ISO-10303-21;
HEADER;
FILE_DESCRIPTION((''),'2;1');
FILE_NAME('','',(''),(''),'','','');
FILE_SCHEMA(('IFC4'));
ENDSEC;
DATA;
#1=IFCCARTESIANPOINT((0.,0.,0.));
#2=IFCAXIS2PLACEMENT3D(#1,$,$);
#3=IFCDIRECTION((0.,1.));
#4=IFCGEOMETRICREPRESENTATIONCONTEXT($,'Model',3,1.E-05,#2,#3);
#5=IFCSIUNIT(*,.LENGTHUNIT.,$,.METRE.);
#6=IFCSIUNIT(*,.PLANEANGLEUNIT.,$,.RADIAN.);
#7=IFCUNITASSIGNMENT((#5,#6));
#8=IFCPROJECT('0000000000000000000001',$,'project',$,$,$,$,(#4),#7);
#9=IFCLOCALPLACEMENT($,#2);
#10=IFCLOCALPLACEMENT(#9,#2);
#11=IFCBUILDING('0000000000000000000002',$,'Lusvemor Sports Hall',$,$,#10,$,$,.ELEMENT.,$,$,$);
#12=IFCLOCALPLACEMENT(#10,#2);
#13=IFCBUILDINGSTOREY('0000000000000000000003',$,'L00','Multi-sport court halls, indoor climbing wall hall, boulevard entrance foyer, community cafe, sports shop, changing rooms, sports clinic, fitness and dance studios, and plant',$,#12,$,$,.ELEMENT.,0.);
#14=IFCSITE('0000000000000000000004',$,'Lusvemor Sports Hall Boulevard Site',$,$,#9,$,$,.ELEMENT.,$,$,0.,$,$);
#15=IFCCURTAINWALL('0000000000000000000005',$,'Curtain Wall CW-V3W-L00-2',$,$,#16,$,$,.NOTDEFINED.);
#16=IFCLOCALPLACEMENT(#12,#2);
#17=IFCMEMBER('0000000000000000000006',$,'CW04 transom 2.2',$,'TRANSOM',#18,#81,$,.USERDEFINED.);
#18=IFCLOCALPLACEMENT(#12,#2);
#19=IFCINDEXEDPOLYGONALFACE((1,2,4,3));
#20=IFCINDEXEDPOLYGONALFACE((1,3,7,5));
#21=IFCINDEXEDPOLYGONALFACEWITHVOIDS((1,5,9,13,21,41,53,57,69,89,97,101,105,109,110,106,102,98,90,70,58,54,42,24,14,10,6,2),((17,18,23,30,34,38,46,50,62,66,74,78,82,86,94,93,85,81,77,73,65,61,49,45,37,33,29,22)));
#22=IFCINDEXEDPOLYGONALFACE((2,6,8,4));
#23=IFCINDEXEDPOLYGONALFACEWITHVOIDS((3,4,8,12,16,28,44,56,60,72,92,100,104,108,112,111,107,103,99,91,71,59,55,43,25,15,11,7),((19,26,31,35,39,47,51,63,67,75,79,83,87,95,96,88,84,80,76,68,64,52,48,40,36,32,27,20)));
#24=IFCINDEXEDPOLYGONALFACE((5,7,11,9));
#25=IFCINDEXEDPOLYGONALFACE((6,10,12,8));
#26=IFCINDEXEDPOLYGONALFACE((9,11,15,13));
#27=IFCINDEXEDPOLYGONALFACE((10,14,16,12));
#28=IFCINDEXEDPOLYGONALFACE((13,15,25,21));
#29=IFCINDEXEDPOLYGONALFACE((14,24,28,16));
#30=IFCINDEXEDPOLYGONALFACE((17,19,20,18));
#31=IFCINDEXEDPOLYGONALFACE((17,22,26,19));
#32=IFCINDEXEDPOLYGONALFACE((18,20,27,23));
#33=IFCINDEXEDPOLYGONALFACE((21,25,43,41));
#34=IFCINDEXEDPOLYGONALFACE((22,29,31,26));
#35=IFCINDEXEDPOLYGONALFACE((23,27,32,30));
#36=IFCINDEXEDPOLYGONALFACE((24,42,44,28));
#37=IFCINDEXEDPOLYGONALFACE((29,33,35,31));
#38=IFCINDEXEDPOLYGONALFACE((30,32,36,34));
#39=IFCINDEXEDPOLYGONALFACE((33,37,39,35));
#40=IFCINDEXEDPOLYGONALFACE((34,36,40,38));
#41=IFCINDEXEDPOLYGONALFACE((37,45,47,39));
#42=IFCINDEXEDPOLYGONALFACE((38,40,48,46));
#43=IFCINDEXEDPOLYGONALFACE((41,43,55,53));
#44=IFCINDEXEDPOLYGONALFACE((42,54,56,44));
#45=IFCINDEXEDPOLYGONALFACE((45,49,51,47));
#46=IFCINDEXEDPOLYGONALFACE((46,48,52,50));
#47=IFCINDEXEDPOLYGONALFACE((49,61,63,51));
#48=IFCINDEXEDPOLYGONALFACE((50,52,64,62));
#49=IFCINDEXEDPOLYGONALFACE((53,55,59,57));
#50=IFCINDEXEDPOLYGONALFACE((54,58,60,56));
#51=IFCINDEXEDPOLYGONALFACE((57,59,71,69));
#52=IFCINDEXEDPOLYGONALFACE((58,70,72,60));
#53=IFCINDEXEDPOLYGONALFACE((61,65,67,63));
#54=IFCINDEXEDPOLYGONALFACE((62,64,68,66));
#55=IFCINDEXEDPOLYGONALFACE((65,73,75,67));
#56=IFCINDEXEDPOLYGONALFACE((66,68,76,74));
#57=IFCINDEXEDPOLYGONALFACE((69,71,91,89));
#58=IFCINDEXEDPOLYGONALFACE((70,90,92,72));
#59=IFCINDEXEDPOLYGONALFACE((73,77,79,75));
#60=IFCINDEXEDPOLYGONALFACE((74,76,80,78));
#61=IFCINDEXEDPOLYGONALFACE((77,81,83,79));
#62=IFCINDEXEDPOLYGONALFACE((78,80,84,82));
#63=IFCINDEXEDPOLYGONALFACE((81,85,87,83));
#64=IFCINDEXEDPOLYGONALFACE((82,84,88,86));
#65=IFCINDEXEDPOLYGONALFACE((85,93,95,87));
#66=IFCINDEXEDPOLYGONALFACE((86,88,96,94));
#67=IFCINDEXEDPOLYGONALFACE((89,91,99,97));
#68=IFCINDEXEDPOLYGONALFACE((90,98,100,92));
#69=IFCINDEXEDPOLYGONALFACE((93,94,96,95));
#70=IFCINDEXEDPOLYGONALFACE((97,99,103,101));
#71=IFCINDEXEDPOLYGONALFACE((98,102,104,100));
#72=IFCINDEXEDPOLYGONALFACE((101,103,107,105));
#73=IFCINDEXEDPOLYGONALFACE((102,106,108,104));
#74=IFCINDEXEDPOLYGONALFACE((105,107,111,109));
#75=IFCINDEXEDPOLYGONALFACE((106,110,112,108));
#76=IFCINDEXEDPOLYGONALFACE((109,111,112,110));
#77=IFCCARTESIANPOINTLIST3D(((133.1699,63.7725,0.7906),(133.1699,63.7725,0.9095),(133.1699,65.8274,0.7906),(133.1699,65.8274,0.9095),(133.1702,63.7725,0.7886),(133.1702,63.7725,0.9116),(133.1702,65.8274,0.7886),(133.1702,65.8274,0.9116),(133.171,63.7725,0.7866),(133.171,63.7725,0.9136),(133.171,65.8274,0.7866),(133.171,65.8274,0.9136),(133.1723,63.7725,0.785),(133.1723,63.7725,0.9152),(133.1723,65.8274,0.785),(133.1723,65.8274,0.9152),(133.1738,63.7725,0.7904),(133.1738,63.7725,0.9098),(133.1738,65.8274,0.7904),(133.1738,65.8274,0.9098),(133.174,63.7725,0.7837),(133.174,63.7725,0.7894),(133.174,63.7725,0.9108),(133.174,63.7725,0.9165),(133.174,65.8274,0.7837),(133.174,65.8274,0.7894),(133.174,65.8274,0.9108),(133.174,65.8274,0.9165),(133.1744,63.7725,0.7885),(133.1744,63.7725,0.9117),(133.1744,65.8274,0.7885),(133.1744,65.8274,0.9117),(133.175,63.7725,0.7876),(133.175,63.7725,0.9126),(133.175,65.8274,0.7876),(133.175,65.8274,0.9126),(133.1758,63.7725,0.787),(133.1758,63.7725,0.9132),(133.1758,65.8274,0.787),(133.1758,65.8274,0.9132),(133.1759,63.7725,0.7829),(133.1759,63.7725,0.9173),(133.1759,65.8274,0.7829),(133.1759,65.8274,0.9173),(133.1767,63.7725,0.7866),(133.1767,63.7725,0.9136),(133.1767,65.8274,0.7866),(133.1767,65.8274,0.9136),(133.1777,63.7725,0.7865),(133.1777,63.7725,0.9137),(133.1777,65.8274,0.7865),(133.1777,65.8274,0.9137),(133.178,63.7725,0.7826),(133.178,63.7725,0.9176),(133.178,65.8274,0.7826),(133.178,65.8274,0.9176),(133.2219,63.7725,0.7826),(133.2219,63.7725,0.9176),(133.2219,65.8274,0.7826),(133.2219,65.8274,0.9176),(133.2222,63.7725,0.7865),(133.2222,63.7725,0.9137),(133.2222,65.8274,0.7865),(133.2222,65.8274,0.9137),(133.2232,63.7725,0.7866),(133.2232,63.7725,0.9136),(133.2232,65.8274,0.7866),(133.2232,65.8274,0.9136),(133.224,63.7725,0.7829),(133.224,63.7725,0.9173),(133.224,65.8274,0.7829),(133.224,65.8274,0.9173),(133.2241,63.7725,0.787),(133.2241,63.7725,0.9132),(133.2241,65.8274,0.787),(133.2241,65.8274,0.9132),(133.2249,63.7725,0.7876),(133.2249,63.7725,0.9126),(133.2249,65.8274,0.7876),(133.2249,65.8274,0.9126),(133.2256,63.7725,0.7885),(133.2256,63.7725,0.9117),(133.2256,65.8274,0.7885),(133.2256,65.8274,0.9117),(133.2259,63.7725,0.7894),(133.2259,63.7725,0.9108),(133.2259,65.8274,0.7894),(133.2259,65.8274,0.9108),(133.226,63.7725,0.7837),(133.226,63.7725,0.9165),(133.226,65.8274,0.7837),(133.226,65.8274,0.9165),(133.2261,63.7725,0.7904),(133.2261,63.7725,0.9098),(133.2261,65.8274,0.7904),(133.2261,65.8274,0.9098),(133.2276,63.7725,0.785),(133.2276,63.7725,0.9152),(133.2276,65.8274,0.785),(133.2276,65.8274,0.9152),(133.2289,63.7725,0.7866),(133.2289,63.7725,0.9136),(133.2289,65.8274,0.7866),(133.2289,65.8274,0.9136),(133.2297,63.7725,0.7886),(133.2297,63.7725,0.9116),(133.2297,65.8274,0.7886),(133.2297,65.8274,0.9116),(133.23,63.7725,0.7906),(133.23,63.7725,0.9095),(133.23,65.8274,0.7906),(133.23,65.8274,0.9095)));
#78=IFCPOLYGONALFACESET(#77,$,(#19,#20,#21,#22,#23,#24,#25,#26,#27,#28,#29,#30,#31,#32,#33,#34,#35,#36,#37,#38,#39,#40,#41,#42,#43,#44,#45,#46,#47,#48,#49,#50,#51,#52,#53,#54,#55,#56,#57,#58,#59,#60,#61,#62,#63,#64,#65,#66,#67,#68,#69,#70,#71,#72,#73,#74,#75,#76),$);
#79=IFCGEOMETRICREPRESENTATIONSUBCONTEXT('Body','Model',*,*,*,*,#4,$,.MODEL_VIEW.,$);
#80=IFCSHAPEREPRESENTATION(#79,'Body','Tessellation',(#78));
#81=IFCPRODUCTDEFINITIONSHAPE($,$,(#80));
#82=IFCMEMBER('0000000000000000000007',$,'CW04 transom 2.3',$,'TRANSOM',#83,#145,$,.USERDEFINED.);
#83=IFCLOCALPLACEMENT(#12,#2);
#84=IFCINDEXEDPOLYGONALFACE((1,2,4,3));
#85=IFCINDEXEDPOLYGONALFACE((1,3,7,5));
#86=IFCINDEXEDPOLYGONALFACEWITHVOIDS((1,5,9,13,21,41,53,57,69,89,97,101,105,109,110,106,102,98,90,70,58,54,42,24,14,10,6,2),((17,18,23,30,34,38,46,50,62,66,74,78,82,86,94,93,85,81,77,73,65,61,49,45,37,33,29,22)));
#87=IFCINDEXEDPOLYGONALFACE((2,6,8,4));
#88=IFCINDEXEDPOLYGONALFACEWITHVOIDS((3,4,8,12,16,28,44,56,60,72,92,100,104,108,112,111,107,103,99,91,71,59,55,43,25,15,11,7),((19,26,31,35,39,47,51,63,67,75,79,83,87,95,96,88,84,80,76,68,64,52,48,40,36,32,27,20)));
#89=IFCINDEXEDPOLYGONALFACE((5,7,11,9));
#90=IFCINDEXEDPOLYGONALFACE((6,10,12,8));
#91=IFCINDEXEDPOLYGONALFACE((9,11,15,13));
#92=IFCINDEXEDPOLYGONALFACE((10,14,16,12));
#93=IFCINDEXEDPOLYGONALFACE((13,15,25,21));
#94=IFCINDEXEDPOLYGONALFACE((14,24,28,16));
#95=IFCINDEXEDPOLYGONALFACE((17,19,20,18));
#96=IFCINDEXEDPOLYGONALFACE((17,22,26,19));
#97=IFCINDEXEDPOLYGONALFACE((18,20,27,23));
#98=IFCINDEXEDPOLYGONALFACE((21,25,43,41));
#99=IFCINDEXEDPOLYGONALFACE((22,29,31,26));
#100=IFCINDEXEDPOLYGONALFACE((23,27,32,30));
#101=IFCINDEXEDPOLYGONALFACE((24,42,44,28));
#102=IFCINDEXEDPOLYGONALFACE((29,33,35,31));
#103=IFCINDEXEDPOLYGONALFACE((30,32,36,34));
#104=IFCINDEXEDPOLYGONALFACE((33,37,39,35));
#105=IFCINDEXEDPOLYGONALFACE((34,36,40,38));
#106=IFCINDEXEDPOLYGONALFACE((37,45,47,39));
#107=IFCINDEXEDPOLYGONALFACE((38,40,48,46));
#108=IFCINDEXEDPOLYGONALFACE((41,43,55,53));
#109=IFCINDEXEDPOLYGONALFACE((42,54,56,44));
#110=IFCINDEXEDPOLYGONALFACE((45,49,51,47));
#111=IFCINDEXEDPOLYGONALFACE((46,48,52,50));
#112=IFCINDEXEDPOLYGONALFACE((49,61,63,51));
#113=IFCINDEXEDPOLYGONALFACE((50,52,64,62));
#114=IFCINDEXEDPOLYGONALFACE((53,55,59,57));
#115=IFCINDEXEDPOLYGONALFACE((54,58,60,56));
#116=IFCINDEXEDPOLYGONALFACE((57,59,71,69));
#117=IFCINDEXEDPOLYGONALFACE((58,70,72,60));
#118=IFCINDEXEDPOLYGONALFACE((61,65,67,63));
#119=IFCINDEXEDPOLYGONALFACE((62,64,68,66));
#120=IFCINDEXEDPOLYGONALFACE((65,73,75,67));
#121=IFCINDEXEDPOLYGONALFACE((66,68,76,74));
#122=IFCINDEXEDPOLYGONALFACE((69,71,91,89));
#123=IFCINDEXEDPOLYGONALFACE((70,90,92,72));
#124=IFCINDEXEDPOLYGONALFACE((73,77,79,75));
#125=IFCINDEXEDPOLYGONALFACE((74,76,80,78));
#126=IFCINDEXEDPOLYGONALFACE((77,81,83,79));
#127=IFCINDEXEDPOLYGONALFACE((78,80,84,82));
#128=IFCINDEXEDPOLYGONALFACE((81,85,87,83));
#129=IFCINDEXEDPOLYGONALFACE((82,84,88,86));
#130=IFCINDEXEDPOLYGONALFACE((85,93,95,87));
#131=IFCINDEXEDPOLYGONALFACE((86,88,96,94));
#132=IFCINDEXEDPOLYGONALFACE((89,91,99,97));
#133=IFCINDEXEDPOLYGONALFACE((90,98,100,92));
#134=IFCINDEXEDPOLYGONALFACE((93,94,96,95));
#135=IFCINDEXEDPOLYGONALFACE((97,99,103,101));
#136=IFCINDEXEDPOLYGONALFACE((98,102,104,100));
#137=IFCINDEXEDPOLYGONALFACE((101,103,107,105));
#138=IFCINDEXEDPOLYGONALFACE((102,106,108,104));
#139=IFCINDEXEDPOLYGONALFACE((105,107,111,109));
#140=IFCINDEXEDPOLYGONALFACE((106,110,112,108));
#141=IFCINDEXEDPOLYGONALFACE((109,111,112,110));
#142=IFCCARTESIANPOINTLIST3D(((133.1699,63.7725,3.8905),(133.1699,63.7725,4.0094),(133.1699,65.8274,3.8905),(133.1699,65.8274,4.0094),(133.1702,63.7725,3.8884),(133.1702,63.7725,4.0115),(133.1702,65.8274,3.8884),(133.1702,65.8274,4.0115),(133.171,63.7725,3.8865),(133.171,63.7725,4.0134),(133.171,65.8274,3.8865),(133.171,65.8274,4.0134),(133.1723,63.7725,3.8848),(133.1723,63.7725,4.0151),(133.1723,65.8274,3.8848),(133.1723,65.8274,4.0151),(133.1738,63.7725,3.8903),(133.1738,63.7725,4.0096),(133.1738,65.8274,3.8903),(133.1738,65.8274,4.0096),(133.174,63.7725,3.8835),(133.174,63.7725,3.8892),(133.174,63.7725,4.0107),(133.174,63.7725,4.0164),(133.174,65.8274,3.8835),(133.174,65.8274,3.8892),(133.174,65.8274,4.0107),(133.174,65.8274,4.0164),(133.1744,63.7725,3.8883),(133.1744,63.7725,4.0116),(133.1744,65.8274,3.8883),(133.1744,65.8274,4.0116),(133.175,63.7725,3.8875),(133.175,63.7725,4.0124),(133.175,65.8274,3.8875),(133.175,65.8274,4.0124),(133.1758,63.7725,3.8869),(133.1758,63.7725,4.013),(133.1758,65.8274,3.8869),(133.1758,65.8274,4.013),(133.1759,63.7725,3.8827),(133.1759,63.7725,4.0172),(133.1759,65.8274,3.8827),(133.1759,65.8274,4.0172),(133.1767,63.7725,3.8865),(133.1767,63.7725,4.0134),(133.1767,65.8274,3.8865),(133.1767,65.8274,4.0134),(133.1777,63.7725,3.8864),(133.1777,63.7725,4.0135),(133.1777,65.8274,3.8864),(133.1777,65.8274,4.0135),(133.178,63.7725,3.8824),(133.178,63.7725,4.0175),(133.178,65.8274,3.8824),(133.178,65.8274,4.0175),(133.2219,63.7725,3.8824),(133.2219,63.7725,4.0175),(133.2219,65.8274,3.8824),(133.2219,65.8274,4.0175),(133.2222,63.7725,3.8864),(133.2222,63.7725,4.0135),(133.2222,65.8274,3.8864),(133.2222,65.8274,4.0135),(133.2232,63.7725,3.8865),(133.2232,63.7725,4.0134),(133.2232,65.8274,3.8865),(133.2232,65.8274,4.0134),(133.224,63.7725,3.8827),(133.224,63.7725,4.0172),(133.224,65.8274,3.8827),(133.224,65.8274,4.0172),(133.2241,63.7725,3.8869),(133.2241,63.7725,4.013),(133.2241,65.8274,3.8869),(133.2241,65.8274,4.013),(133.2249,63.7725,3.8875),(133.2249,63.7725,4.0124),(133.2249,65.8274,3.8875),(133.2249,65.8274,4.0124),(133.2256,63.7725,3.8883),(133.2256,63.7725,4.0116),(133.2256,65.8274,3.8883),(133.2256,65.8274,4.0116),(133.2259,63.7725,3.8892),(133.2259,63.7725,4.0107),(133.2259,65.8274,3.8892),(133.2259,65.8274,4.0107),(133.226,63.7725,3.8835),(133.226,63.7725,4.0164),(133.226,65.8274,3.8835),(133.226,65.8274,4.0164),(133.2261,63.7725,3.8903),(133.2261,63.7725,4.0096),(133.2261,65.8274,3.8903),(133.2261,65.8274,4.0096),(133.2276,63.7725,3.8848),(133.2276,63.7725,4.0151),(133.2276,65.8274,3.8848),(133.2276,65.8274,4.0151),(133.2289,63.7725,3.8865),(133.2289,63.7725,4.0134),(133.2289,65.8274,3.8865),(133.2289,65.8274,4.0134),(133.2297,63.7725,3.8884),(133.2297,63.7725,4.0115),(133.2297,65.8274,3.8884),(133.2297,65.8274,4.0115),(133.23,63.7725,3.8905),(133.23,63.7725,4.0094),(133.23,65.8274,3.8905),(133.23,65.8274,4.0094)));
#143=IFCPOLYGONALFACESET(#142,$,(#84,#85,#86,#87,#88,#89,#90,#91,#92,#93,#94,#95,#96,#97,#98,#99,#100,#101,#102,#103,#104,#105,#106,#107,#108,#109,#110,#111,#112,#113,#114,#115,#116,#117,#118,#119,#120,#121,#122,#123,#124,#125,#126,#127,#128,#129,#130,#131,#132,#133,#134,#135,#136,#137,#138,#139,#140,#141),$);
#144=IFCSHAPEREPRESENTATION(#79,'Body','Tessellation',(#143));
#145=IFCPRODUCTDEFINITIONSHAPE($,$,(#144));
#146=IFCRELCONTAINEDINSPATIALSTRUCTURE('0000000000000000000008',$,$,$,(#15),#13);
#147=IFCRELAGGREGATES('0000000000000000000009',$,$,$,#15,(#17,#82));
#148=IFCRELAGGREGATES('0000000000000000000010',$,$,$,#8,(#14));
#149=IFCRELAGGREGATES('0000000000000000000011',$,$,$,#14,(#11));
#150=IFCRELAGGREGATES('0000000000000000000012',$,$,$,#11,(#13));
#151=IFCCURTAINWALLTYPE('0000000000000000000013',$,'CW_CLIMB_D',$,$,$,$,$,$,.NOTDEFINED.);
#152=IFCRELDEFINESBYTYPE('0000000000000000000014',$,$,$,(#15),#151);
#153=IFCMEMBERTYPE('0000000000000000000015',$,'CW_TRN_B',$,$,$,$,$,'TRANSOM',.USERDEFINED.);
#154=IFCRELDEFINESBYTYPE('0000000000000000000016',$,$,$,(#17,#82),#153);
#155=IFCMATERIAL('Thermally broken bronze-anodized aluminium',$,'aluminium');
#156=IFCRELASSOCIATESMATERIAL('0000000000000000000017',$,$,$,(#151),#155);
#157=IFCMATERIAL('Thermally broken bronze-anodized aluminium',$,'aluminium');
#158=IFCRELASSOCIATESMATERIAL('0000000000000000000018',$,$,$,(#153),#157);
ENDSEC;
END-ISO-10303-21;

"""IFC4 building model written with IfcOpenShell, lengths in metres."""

from ifc_helpers import new_model, si_unit, direction, frame, origin, origin_2d, place, context, subcontext, project, spatial, hollow_rectangle, extrude, material, material_profile, profile_set, type_object, element, aggregate, save


model = new_model("IFC4")

# Units and contexts
model_context = context("Model", 3, precision=1e-05, world=origin(), true_north=direction((0.0, 1.0)))
body_context = subcontext(model_context, "Body", "Model", "MODEL_VIEW")
ifc_project = project(units=[si_unit("LENGTHUNIT", "METRE"), si_unit("PLANEANGLEUNIT", "RADIAN")], contexts=[model_context])

# Site, building, storey
site_placement = place(None, origin())
site = spatial("IfcSite", under=ifc_project, at=site_placement, Name="Lusvemor Sports Hall Boulevard Site", CompositionType="ELEMENT", RefElevation=0.0)
building_placement = place(site_placement, origin())
building = spatial("IfcBuilding", under=site, at=building_placement, Name="Lusvemor Sports Hall", CompositionType="ELEMENT")
storey_placement = place(building_placement, origin())
storey = spatial("IfcBuildingStorey", under=building, at=storey_placement, Name="L00", Description="Multi-sport court halls, indoor climbing wall hall, boulevard entrance foyer, community cafe, sports shop, changing rooms, sports clinic, fitness and dance studios, and plant", CompositionType="ELEMENT", Elevation=0.0)

# Curtain wall, members
ifc_material_1 = material(Name="Thermally broken bronze-anodized aluminium", Category="aluminium")
curtain_wall_type = type_object("IfcCurtainWallType", Name="CW_CLIMB_D", PredefinedType="NOTDEFINED", material=ifc_material_1)
curtain_wall_placement = place(storey_placement, origin())
curtain_wall = element("IfcCurtainWall", 1, at=curtain_wall_placement, inside=storey, type_object=curtain_wall_type, Name="Curtain Wall CW-V3W-L00-2", PredefinedType="NOTDEFINED")
ifc_material_2 = material(Name="Thermally broken bronze-anodized aluminium", Category="aluminium")
ifc_material_profile_1 = material_profile(ifc_material_2, hollow_rectangle(XDim=0.0601, YDim=0.135, WallThickness=0.0039, InnerFilletRadius=0.0039, OuterFilletRadius=0.0081, at=origin_2d()), Name="CWTRN135x60x4")
ifc_profile_set_1 = profile_set([ifc_material_profile_1], Name="Thermally broken bronze-anodized aluminium")
member_type_1 = type_object("IfcMemberType", Name="CW_TRN_B", ElementType="TRANSOM", PredefinedType="USERDEFINED", material=ifc_profile_set_1)
member_1_placement = place(storey_placement, frame((133.2, 63.7725, 0.8501), z_axis=(0.0, 1.0, 0.0), x_axis=(-1.0, 0.0, 0.0)))
member_1 = element("IfcMember", 2, at=member_1_placement, type_object=member_type_1, Name="CW04 transom 2.2", ObjectType="TRANSOM", PredefinedType="USERDEFINED", context=body_context, shape_type="SweptSolid", body=[
    extrude(hollow_rectangle(XDim=0.0601, YDim=0.135, WallThickness=0.0039, InnerFilletRadius=0.0039, OuterFilletRadius=0.0081, at=origin_2d()), origin(), (0.0, 0.0, 1.0), 2.0549),
])
member_2_placement = place(storey_placement, frame((133.2, 63.7725, 3.95), z_axis=(0.0, 1.0, 0.0), x_axis=(-1.0, 0.0, 0.0)))
member_2 = element("IfcMember", 3, at=member_2_placement, type_object=member_type_1, Name="CW04 transom 2.3", ObjectType="TRANSOM", PredefinedType="USERDEFINED", context=body_context, shape_type="SweptSolid", body=[
    extrude(hollow_rectangle(XDim=0.0601, YDim=0.135, WallThickness=0.0039, InnerFilletRadius=0.0039, OuterFilletRadius=0.0081, at=origin_2d()), origin(), (0.0, 0.0, 1.0), 2.0549),
])
aggregate(curtain_wall, [member_1, member_2])

save(model, "model.ifc")
